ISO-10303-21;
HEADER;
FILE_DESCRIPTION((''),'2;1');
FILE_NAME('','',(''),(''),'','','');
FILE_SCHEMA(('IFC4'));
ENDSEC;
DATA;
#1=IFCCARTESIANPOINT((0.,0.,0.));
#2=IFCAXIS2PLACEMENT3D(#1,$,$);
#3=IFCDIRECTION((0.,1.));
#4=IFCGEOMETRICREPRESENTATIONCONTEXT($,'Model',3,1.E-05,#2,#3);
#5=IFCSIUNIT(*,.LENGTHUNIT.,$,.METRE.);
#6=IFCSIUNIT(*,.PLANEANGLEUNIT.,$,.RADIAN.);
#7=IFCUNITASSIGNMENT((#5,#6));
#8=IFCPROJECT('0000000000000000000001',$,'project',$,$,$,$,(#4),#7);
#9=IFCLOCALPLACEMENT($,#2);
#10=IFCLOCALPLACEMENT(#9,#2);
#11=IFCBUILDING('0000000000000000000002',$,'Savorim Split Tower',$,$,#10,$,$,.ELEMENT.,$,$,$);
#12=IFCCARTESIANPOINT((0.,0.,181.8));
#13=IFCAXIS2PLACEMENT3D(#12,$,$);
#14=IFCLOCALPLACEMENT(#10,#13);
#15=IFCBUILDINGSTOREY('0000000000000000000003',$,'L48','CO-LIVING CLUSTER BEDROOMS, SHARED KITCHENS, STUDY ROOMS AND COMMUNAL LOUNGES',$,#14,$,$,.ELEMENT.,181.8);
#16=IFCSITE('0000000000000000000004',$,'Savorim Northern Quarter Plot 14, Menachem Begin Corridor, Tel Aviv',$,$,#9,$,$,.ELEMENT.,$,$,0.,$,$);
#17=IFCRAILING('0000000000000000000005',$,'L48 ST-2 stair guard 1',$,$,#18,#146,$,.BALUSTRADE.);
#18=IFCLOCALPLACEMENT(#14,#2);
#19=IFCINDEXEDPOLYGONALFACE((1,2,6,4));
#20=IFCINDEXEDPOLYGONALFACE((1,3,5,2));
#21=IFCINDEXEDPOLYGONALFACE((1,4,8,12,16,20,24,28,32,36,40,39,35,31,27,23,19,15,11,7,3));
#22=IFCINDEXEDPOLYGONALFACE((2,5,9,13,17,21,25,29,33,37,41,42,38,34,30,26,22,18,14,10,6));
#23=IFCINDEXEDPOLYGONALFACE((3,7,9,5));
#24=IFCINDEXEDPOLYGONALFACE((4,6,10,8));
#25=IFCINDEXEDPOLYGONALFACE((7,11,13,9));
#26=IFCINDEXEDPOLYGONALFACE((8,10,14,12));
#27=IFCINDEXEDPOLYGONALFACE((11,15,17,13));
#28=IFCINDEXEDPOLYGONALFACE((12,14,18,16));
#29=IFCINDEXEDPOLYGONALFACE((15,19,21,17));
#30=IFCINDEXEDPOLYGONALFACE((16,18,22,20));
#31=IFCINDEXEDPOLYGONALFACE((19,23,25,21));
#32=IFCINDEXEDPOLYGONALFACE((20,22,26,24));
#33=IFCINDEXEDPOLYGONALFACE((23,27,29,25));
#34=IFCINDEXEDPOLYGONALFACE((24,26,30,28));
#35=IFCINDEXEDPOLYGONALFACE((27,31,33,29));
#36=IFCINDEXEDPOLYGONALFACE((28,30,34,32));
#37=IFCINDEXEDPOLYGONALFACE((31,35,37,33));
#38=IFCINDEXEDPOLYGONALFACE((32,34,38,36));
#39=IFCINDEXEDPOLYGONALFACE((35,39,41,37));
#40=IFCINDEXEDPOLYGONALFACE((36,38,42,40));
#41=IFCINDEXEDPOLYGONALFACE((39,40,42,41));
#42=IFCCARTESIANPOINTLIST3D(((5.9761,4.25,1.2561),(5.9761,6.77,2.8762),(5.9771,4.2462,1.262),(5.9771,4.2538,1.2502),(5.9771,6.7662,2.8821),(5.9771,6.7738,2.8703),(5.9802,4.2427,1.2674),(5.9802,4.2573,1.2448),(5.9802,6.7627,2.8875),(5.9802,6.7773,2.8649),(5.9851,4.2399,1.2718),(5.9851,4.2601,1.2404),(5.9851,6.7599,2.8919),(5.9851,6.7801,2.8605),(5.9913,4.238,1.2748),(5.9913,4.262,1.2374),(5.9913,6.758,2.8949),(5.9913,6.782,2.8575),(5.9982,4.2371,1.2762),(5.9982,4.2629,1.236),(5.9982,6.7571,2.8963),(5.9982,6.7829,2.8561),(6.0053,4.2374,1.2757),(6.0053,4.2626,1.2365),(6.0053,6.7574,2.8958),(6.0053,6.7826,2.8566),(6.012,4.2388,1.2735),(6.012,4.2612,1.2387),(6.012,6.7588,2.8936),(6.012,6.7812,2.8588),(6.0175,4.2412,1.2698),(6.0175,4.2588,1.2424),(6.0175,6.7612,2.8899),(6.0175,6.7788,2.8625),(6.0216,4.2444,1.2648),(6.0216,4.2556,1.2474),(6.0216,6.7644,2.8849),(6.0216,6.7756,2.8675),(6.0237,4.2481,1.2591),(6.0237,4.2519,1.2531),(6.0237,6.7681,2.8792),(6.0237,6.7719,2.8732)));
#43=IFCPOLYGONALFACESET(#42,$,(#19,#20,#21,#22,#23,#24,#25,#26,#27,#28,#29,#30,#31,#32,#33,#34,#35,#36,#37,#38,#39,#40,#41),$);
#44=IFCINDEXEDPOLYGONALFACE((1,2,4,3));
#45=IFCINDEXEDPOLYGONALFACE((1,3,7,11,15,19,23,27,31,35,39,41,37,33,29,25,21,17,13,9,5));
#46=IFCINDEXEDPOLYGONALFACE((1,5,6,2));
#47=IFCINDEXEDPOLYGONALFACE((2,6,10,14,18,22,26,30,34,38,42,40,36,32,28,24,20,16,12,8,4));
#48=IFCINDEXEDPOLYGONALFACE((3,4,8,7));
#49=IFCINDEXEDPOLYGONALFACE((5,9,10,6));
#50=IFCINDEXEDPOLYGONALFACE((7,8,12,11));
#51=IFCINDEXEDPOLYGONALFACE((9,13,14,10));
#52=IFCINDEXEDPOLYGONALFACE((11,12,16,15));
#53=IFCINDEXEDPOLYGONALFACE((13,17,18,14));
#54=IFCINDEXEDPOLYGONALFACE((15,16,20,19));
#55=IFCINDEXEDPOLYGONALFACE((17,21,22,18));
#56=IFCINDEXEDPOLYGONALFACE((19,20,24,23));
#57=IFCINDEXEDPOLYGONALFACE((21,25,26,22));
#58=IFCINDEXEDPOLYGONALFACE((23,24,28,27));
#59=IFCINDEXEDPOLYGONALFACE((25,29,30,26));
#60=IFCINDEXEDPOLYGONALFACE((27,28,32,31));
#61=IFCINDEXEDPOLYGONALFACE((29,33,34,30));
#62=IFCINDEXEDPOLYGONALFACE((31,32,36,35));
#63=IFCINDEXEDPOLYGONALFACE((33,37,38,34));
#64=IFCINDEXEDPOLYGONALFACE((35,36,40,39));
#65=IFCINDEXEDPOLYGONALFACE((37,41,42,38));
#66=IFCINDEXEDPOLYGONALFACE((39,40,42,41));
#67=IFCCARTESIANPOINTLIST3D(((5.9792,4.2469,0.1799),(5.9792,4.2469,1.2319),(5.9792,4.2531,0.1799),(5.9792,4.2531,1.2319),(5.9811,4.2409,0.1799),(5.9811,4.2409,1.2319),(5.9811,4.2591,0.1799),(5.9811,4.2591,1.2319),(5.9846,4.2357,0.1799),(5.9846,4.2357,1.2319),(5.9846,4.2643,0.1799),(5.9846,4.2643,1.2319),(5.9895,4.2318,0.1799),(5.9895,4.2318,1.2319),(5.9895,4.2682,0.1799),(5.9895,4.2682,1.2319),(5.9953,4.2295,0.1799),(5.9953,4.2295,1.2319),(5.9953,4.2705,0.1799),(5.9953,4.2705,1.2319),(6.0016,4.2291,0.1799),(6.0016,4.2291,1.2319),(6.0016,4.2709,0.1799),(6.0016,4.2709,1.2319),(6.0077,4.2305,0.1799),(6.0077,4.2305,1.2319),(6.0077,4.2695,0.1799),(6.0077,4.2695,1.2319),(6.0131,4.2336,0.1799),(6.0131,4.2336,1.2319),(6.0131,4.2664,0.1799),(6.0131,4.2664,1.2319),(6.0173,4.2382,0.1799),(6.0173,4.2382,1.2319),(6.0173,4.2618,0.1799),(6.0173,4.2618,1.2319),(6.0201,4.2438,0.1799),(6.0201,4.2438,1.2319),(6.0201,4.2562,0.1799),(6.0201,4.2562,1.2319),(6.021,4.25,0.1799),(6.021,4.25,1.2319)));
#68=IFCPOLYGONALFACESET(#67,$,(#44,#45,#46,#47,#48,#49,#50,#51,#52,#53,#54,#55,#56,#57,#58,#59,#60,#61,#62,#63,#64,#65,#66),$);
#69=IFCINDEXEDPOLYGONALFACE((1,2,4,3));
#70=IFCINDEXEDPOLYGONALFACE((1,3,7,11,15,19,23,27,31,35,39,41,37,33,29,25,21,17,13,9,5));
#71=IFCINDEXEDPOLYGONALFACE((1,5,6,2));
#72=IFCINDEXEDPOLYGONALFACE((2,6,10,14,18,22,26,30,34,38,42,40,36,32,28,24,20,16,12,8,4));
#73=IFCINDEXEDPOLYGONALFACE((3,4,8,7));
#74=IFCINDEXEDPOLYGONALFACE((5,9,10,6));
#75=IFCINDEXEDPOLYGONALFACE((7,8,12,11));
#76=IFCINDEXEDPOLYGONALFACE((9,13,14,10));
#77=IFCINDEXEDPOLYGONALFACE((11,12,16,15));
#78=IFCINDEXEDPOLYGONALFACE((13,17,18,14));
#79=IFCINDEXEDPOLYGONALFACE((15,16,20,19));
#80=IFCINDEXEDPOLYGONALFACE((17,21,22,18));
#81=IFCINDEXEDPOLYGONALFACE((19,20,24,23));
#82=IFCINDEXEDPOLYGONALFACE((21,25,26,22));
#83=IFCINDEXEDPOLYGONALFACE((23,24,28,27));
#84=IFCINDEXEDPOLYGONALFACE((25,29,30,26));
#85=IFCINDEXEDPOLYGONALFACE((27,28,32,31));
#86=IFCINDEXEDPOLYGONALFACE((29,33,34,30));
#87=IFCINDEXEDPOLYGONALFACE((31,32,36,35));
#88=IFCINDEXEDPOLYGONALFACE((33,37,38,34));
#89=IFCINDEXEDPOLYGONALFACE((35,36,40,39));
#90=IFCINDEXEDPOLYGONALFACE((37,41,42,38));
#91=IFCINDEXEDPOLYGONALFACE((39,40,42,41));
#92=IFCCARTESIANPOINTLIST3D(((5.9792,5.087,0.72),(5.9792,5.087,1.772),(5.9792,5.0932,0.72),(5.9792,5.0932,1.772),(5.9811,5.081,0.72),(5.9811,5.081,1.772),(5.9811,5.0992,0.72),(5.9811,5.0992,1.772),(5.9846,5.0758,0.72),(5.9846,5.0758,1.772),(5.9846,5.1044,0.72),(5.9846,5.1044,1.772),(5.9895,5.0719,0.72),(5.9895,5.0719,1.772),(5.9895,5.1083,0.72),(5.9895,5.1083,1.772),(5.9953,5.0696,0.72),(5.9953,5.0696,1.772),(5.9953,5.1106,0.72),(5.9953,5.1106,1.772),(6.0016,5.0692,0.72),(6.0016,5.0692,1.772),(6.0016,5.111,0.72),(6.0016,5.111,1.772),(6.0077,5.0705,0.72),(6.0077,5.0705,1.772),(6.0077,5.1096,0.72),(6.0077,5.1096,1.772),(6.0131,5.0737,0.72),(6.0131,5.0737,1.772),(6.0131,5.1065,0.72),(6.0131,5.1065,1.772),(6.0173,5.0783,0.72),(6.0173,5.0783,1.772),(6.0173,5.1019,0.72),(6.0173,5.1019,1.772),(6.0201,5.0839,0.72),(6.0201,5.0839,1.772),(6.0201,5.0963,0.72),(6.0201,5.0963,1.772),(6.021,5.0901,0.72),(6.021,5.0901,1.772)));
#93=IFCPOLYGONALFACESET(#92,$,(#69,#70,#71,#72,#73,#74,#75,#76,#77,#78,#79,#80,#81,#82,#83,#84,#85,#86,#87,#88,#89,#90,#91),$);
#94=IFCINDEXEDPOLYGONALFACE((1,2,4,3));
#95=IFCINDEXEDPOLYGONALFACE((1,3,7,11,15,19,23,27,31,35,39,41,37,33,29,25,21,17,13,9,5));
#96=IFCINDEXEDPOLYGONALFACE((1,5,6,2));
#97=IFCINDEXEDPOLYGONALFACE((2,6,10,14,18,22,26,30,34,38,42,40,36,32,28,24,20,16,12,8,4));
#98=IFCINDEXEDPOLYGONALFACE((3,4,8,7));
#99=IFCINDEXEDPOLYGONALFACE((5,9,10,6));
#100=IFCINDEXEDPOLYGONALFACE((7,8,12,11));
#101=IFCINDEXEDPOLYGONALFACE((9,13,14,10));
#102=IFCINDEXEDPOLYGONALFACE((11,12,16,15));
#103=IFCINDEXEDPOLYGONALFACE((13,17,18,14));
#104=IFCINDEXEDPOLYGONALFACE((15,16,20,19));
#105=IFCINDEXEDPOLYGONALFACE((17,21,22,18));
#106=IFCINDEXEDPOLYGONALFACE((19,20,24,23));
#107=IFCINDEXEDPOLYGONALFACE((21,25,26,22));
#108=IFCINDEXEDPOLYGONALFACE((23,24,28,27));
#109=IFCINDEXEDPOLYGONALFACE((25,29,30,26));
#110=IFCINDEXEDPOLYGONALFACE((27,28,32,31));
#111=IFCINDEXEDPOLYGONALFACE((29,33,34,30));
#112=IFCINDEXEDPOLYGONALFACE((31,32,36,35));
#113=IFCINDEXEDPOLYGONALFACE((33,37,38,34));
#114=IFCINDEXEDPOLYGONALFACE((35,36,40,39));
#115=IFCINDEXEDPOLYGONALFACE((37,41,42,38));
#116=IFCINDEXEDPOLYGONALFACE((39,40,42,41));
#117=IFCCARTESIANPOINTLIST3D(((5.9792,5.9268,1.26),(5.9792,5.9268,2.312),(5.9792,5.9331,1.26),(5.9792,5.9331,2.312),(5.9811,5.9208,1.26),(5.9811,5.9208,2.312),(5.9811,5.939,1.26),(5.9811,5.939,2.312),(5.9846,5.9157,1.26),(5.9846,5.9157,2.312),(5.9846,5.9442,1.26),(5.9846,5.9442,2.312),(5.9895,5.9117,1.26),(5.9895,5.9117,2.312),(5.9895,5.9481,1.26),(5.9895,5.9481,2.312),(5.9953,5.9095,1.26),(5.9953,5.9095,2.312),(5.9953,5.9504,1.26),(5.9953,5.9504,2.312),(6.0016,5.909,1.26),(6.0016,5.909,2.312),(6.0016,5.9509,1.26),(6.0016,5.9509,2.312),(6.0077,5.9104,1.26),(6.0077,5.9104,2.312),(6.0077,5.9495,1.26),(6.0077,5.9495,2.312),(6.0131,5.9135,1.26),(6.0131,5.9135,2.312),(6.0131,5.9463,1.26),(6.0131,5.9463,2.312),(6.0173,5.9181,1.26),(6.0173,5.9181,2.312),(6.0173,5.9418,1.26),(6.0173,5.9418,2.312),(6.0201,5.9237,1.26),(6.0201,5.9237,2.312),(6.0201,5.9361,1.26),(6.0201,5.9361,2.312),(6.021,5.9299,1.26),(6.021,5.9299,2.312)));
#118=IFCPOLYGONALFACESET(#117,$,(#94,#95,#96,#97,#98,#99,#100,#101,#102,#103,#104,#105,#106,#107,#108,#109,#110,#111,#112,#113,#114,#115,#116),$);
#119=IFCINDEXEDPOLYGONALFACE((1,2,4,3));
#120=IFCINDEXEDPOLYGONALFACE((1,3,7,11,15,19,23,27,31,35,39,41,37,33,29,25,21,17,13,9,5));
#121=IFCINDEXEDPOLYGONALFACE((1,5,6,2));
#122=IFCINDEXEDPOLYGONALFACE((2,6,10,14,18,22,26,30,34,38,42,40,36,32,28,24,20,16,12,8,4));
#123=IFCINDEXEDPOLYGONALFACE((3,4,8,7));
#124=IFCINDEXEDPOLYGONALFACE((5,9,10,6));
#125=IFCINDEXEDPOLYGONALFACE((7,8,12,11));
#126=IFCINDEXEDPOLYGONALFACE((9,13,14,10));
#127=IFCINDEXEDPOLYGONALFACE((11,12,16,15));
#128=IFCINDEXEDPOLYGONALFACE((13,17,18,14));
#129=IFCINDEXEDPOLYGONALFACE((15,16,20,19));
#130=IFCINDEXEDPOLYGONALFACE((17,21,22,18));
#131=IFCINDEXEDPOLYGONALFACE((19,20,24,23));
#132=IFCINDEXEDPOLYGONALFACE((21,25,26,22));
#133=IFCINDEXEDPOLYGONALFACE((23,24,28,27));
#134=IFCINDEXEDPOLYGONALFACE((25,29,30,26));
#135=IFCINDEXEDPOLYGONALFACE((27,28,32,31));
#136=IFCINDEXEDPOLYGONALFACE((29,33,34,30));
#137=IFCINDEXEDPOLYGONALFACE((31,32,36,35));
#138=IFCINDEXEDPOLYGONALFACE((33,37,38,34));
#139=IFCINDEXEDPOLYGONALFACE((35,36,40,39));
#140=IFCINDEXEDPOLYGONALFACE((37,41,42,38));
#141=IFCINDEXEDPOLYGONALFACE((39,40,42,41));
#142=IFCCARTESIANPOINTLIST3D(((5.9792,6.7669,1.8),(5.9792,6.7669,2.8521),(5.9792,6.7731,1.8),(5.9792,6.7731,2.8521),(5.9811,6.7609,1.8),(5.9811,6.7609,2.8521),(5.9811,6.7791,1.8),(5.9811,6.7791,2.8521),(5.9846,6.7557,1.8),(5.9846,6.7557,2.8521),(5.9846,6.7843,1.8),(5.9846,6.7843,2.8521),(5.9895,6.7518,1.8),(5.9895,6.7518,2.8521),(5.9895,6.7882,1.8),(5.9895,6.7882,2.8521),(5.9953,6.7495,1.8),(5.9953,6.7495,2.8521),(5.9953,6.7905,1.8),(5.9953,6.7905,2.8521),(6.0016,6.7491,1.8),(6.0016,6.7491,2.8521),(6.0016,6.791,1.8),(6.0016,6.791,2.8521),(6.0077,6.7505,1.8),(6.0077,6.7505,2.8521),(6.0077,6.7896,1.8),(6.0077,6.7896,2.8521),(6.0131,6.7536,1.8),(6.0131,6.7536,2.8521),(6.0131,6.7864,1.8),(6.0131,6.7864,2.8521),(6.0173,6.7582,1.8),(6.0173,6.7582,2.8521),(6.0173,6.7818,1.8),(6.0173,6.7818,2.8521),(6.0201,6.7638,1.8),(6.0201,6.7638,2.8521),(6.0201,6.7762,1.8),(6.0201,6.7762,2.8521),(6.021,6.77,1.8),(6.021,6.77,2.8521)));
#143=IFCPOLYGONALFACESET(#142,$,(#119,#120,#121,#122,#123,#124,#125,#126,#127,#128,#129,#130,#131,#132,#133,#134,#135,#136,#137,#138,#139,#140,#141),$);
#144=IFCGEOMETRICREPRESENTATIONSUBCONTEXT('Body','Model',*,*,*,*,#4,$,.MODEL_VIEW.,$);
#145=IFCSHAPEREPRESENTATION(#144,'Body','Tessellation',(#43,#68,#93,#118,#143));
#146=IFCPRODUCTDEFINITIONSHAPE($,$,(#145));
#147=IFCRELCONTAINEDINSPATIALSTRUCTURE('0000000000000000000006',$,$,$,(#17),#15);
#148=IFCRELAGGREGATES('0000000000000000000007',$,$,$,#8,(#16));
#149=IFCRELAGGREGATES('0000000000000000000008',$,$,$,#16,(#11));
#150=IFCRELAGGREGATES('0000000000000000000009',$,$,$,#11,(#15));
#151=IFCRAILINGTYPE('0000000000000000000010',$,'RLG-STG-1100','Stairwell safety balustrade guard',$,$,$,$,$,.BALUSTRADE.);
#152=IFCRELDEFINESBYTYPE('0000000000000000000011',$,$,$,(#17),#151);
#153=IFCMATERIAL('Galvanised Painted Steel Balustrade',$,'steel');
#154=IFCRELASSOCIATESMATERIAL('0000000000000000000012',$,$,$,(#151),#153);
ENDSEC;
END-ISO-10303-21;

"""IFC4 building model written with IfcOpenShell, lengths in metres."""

from ifc_helpers import new_model, si_unit, direction, frame, origin, origin_2d, place, context, subcontext, project, spatial, circle, extrude, material, type_object, element, save


model = new_model("IFC4")

# Units and contexts
model_context = context("Model", 3, precision=1e-05, world=origin(), true_north=direction((0.0, 1.0)))
body_context = subcontext(model_context, "Body", "Model", "MODEL_VIEW")
ifc_project = project(units=[si_unit("LENGTHUNIT", "METRE"), si_unit("PLANEANGLEUNIT", "RADIAN")], contexts=[model_context])

# Site, building, storey
site_placement = place(None, origin())
site = spatial("IfcSite", under=ifc_project, at=site_placement, Name="Savorim Northern Quarter Plot 14, Menachem Begin Corridor, Tel Aviv", CompositionType="ELEMENT", RefElevation=0.0)
building_placement = place(site_placement, origin())
building = spatial("IfcBuilding", under=site, at=building_placement, Name="Savorim Split Tower", CompositionType="ELEMENT")
storey_placement = place(building_placement, frame((0.0, 0.0, 181.8)))
storey = spatial("IfcBuildingStorey", under=building, at=storey_placement, Name="L48", Description="CO-LIVING CLUSTER BEDROOMS, SHARED KITCHENS, STUDY ROOMS AND COMMUNAL LOUNGES", CompositionType="ELEMENT", Elevation=181.8)

# Railing
ifc_material_1 = material(Name="Galvanised Painted Steel Balustrade", Category="steel")
railing_type_1 = type_object("IfcRailingType", Name="RLG-STG-1100", Description="Stairwell safety balustrade guard", PredefinedType="BALUSTRADE", material=ifc_material_1)
railing_1_placement = place(storey_placement, frame((6.0, 4.25, 0.1799)))
element("IfcRailing", 1, at=railing_1_placement, inside=storey, type_object=railing_type_1, Name="L48 ST-2 stair guard 1", PredefinedType="BALUSTRADE", context=body_context, shape_type="SweptSolid", body=[
    extrude(circle(Radius=0.0239, at=origin_2d()), frame((0.0, 0.0, 1.0762), z_axis=(0.0, 0.841163, 0.540782), x_axis=(-1.0, 0.0, 0.0)), (0.0, 0.0, 1.0), 2.9958),
    extrude(circle(Radius=0.021, at=origin_2d()), origin(), (0.0, 0.0, 1.0), 1.052),
    extrude(circle(Radius=0.021, at=origin_2d()), frame((0.0, 0.8401, 0.54)), (0.0, 0.0, 1.0), 1.052),
    extrude(circle(Radius=0.021, at=origin_2d()), frame((0.0, 1.6799, 1.0801)), (0.0, 0.0, 1.0), 1.052),
    extrude(circle(Radius=0.021, at=origin_2d()), frame((0.0, 2.52, 1.6201)), (0.0, 0.0, 1.0), 1.052),
])

save(model, "model.ifc")
